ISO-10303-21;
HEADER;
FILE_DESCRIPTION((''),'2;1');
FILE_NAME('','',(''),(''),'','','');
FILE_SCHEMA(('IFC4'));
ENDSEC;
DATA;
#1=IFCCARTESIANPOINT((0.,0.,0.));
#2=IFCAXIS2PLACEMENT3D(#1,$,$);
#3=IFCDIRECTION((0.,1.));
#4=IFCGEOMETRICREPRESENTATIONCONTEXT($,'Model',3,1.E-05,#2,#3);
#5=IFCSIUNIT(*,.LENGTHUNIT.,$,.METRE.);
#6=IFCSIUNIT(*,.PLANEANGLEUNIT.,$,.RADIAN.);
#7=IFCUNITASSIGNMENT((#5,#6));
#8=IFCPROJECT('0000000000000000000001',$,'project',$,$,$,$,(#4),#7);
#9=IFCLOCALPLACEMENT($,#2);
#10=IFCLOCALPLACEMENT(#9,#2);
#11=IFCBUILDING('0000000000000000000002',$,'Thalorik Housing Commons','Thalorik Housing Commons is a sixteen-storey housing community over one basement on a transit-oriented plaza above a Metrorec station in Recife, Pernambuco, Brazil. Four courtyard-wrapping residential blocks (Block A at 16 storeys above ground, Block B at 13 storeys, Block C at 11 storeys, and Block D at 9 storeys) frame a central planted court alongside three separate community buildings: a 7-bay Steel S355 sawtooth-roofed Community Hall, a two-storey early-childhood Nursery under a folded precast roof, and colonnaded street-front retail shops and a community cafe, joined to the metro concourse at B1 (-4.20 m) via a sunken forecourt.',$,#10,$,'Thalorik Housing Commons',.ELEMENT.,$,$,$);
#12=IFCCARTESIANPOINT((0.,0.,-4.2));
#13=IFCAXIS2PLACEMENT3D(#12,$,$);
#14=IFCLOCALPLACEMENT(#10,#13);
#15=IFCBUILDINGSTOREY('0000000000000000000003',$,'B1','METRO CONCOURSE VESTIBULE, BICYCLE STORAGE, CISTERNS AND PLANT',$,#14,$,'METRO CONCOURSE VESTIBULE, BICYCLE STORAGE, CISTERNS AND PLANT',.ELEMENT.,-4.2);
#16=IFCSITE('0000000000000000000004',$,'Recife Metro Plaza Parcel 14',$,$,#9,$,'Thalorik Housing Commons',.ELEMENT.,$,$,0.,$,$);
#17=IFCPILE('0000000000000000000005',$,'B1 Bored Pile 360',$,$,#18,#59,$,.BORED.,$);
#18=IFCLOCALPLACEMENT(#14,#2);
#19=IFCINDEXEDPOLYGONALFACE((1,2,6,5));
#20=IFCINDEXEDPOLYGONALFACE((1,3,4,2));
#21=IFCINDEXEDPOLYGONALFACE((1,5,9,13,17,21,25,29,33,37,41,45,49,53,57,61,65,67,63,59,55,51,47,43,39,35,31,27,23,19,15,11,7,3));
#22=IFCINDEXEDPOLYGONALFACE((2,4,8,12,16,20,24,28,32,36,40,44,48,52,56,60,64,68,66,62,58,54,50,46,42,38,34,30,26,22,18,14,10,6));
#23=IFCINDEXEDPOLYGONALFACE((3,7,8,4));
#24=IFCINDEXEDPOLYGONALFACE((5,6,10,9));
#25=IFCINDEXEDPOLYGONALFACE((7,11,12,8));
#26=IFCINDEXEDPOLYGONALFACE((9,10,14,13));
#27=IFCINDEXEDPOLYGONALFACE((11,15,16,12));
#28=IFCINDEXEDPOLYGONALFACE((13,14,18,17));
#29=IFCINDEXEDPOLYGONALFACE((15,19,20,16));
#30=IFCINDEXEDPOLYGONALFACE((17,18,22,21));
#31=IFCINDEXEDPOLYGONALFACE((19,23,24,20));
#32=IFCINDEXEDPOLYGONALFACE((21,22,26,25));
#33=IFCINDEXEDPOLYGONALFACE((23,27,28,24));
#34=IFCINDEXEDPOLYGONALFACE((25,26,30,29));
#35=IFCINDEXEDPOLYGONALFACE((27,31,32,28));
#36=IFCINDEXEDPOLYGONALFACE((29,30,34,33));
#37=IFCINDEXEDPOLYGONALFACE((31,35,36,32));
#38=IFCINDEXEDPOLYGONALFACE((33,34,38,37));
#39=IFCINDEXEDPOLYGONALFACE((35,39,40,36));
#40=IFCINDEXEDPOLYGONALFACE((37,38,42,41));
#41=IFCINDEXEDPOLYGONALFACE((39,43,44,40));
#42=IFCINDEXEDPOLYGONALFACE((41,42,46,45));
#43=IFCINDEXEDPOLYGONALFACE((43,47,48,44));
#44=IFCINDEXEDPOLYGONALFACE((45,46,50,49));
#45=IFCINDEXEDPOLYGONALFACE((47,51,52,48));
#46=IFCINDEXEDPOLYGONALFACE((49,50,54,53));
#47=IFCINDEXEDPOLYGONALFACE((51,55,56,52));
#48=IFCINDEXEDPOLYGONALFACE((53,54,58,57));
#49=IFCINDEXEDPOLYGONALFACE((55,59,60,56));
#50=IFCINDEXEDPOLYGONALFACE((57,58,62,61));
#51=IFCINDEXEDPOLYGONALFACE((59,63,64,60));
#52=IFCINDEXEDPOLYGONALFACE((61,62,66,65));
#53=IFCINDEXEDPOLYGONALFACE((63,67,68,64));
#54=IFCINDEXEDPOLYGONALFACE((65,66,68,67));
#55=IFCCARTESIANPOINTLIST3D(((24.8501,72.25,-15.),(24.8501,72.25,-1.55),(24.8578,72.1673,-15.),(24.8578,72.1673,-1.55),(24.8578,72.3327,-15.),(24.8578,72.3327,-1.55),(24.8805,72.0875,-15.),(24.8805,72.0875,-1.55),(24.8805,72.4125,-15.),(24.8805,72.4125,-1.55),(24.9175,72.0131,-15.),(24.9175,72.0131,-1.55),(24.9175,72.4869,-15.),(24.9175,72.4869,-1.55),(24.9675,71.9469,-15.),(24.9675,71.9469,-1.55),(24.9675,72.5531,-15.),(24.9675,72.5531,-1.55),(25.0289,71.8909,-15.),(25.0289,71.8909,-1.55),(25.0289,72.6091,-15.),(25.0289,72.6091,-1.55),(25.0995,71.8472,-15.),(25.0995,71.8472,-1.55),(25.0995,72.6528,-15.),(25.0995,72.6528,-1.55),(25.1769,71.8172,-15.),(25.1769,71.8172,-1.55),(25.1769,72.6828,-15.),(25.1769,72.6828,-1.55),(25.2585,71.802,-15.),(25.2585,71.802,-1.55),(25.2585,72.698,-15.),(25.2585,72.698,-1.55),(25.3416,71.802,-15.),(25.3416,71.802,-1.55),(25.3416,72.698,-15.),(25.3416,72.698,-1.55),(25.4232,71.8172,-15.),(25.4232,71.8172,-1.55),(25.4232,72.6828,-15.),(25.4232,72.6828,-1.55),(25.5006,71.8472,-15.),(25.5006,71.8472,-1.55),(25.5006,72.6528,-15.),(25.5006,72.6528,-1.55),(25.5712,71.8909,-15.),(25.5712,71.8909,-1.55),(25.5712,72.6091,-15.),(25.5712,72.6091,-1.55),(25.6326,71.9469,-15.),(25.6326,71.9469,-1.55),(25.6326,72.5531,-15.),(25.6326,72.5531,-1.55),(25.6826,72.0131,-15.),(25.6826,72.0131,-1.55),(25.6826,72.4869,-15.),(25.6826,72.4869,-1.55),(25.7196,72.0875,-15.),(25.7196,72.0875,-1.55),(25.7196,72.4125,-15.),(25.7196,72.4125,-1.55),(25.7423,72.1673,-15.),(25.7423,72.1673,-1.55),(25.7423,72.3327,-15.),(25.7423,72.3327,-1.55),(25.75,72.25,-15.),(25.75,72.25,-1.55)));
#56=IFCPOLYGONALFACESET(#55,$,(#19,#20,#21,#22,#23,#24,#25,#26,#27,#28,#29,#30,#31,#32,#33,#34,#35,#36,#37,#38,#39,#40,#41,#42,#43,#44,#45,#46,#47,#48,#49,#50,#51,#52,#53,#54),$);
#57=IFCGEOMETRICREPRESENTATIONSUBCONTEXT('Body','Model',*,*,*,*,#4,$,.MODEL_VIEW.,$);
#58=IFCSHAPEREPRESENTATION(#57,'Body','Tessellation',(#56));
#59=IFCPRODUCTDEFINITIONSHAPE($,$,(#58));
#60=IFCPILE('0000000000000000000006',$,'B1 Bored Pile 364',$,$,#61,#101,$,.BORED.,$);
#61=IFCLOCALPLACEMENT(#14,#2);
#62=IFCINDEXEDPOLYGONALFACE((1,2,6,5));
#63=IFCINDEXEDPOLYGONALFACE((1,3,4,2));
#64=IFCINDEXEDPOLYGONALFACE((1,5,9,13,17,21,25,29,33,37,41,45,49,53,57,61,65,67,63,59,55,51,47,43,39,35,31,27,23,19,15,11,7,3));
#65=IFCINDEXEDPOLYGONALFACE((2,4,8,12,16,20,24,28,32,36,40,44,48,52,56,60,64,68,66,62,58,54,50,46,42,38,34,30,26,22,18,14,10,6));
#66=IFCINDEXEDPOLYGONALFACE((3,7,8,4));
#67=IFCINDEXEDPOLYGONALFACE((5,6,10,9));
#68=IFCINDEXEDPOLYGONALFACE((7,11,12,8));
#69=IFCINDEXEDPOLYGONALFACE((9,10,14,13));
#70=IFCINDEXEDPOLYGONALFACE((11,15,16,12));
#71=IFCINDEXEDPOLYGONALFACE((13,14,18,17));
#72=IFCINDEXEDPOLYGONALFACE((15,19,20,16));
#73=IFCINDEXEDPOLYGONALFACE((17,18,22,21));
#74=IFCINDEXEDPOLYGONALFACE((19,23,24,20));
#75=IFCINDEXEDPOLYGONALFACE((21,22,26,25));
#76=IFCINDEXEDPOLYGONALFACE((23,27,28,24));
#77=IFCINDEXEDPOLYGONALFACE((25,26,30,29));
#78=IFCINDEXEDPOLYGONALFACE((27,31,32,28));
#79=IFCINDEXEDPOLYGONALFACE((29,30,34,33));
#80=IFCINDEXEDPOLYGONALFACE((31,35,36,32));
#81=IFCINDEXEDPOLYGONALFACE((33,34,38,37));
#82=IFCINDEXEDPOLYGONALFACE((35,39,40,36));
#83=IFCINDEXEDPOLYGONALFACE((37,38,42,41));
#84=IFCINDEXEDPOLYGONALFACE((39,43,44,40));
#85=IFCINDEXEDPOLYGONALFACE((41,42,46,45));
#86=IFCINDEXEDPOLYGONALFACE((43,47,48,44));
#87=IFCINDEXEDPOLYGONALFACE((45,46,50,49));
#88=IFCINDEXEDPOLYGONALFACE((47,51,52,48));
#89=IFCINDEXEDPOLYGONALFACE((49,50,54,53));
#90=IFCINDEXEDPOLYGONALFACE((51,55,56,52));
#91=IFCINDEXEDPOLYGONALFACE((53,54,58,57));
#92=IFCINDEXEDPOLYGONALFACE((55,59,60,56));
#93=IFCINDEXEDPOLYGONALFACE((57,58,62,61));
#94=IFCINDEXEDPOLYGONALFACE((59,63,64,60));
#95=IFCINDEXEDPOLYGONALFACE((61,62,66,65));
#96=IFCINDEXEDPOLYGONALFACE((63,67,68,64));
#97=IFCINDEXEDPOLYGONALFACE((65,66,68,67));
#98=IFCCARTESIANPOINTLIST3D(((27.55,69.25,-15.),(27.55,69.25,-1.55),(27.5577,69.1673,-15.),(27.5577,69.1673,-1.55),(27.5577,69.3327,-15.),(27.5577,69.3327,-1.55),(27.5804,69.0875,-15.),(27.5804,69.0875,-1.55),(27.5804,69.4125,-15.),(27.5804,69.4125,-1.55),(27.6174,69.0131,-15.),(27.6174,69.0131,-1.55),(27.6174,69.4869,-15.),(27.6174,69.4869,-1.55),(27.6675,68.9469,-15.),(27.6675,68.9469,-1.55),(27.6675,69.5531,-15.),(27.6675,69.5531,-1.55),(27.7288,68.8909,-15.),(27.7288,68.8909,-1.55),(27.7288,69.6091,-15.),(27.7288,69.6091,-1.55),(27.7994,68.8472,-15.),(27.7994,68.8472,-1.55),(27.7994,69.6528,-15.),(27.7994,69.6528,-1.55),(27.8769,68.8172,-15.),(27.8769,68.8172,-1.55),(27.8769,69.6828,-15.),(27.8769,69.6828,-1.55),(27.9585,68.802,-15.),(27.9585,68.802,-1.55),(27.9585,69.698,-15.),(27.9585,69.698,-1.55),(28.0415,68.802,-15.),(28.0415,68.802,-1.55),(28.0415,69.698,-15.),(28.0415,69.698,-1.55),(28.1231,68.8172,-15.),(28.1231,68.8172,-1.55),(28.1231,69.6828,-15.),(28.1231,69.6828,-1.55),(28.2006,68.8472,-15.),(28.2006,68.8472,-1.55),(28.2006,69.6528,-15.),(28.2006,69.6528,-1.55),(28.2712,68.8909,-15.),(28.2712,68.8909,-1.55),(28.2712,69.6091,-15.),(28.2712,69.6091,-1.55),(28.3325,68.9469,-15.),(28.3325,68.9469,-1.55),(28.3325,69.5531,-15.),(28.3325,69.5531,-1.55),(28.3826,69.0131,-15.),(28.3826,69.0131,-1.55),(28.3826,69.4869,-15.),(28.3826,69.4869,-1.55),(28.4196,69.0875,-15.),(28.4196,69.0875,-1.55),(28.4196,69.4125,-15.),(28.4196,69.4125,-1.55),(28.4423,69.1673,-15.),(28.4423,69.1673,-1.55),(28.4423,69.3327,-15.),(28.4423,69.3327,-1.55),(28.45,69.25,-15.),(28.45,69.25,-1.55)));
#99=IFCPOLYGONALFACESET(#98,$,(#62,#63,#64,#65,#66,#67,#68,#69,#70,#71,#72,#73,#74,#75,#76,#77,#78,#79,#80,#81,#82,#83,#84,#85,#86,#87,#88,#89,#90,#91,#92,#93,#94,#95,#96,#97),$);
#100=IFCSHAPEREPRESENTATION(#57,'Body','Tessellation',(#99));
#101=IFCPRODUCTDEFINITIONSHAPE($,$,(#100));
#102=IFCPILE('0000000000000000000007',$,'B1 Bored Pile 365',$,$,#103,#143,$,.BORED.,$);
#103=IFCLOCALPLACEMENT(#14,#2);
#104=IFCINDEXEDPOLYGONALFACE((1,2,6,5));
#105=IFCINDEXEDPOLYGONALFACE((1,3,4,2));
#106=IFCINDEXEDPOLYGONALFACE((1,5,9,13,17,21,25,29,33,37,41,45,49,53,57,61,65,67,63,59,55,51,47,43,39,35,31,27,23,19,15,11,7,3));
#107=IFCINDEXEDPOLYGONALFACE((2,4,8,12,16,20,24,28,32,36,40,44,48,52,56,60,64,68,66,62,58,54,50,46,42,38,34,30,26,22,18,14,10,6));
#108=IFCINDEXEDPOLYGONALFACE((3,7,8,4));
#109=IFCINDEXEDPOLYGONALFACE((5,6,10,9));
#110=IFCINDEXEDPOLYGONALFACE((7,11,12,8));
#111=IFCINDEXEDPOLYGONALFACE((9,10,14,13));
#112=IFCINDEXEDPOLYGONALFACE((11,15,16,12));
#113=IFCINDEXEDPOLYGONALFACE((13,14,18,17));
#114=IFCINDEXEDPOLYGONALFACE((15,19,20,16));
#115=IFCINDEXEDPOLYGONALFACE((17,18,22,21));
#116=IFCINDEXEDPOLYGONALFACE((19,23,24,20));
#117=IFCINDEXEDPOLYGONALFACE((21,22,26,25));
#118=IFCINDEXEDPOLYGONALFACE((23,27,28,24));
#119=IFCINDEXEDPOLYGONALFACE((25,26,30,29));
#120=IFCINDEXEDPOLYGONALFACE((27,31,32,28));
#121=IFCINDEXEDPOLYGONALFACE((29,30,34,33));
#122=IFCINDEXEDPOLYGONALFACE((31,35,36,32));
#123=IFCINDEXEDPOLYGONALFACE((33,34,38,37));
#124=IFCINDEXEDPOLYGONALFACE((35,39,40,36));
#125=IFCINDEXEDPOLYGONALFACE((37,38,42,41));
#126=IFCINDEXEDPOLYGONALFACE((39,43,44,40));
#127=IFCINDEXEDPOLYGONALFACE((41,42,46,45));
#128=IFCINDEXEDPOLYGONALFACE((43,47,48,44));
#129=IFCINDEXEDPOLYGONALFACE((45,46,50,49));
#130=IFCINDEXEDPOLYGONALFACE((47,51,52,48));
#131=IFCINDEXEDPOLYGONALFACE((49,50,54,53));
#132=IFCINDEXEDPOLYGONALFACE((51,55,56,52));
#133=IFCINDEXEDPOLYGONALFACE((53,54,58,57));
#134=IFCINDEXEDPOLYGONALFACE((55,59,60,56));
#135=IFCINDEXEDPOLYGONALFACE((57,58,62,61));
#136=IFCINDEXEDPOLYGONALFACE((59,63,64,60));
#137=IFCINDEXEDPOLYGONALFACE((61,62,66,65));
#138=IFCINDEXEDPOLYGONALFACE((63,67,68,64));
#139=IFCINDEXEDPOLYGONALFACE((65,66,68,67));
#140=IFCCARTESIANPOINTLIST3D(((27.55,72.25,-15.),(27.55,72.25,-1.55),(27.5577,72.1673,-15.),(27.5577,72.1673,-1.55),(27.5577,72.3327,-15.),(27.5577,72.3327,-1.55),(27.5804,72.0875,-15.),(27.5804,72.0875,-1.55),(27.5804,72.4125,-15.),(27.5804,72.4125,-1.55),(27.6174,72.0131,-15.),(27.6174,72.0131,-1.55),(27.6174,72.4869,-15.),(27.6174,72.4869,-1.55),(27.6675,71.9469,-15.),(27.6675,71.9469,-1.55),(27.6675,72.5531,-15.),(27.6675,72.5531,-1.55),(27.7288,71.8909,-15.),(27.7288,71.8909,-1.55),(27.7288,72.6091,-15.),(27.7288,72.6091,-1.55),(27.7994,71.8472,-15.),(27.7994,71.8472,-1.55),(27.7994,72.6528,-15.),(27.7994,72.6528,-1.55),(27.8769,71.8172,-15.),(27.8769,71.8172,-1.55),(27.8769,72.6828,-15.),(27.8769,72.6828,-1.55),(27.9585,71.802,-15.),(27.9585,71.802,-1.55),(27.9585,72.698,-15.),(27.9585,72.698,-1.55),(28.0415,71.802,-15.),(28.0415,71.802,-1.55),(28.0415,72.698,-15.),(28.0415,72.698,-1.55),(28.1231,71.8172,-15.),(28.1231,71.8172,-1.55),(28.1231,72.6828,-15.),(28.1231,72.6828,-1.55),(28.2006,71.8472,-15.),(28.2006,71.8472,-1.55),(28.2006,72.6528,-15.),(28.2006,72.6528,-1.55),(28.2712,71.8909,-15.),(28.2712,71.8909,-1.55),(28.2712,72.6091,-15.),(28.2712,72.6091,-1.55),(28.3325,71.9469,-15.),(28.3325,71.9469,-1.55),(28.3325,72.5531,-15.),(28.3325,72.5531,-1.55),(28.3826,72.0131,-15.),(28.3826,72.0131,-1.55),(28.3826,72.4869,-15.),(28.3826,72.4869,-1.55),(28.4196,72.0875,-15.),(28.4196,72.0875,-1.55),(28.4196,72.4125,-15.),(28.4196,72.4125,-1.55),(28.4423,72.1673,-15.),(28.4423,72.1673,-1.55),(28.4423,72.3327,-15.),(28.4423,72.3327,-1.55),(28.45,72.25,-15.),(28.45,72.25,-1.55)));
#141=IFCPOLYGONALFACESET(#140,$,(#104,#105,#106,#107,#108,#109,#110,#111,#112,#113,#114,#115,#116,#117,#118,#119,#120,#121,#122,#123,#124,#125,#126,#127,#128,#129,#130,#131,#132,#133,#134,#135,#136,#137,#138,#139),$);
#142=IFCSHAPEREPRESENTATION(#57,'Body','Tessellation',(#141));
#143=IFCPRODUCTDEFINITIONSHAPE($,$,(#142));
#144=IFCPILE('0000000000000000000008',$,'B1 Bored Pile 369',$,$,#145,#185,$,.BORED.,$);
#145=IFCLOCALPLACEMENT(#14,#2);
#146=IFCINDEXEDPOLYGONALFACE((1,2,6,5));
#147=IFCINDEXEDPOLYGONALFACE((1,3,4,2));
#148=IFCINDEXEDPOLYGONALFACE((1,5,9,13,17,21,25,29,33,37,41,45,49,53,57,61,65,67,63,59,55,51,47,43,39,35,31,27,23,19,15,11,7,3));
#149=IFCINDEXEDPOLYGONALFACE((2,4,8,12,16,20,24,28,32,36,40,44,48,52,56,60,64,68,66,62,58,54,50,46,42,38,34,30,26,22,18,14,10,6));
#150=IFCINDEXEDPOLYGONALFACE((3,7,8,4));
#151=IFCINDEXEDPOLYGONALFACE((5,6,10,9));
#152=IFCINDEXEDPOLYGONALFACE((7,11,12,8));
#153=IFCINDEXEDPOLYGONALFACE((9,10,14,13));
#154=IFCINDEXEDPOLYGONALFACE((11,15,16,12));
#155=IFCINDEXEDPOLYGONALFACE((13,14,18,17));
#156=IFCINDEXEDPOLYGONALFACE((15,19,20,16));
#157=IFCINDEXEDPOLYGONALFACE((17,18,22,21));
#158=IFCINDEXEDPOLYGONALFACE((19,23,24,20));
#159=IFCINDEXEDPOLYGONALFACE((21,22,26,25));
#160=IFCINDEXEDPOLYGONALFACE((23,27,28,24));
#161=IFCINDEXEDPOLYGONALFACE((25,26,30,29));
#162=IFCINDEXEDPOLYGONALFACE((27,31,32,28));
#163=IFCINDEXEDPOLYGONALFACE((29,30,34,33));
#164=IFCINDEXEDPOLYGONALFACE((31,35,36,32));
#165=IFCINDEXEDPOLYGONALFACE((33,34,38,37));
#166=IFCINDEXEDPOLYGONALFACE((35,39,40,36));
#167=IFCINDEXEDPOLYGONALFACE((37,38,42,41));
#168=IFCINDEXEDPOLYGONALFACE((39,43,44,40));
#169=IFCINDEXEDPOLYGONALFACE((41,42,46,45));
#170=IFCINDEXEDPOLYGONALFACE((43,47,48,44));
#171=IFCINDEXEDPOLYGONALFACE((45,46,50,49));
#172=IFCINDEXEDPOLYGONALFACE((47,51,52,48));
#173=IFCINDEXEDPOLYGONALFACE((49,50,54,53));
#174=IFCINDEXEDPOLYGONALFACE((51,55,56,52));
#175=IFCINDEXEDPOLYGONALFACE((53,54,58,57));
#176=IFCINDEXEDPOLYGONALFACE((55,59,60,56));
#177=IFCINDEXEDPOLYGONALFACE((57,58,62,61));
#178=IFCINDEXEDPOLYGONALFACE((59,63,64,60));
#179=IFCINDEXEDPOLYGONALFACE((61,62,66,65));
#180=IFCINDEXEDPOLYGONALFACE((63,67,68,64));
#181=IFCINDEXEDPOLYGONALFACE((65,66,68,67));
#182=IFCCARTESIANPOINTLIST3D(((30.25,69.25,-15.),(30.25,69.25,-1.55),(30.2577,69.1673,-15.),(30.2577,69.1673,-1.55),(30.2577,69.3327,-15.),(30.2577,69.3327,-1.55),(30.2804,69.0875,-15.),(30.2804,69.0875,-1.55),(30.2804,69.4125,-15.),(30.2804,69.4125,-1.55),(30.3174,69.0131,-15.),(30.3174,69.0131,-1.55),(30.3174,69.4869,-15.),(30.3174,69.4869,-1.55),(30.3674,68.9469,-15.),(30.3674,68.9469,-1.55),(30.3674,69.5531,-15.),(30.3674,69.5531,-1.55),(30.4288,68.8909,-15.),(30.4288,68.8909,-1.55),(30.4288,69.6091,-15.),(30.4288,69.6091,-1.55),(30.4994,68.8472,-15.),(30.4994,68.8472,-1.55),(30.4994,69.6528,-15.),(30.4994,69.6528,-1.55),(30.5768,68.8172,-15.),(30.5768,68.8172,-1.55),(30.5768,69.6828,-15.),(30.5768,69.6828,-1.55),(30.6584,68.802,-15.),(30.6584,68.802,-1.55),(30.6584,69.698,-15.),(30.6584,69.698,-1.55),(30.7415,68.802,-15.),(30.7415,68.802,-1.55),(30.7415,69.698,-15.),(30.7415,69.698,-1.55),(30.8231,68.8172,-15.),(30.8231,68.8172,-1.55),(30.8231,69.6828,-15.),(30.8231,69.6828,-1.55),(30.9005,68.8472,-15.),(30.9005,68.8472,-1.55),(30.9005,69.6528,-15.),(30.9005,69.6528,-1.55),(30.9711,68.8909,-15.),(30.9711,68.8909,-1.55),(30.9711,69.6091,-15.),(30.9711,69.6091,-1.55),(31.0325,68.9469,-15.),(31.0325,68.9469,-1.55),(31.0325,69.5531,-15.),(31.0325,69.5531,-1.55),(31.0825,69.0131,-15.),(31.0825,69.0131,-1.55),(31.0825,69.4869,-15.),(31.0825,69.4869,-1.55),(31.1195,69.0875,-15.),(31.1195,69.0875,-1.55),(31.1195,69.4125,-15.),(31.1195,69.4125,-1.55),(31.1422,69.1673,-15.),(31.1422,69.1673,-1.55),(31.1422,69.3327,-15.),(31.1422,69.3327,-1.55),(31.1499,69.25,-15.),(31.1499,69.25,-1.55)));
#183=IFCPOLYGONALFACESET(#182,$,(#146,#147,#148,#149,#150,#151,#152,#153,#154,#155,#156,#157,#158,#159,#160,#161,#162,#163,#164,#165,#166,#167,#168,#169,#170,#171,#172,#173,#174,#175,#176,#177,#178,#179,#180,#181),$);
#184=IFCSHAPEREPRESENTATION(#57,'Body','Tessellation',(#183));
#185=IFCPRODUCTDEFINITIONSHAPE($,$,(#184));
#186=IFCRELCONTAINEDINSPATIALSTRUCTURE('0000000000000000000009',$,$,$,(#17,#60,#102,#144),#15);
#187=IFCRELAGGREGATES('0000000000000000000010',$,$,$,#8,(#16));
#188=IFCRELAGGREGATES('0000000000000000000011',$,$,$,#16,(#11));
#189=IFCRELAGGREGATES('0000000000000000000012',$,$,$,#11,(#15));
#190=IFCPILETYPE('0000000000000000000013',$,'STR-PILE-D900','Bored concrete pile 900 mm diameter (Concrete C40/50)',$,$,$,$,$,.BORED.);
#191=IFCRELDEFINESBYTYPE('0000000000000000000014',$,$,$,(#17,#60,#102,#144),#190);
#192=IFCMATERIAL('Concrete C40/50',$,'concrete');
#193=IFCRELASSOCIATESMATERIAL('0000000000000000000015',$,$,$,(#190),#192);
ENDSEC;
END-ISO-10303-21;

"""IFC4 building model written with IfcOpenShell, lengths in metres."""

from ifc_helpers import new_model, si_unit, direction, frame, origin, origin_2d, place, context, subcontext, project, spatial, circle, extrude, material, material_profile, profile_set, type_object, element, save


model = new_model("IFC4")

# Units and contexts
model_context = context("Model", 3, precision=1e-05, world=origin(), true_north=direction((0.0, 1.0)))
body_context = subcontext(model_context, "Body", "Model", "MODEL_VIEW")
ifc_project = project(units=[si_unit("LENGTHUNIT", "METRE"), si_unit("PLANEANGLEUNIT", "RADIAN")], contexts=[model_context])

# Site, building, storey
site_placement = place(None, origin())
site = spatial("IfcSite", under=ifc_project, at=site_placement, Name="Recife Metro Plaza Parcel 14", LongName="Thalorik Housing Commons", CompositionType="ELEMENT", RefElevation=0.0)
building_placement = place(site_placement, origin())
building = spatial("IfcBuilding", under=site, at=building_placement, Name="Thalorik Housing Commons", Description="Thalorik Housing Commons is a sixteen-storey housing community over one basement on a transit-oriented plaza above a Metrorec station in Recife, Pernambuco, Brazil. Four courtyard-wrapping residential blocks (Block A at 16 storeys above ground, Block B at 13 storeys, Block C at 11 storeys, and Block D at 9 storeys) frame a central planted court alongside three separate community buildings: a 7-bay Steel S355 sawtooth-roofed Community Hall, a two-storey early-childhood Nursery under a folded precast roof, and colonnaded street-front retail shops and a community cafe, joined to the metro concourse at B1 (-4.20 m) via a sunken forecourt.", LongName="Thalorik Housing Commons", CompositionType="ELEMENT")
storey_placement = place(building_placement, frame((0.0, 0.0, -4.2)))
storey = spatial("IfcBuildingStorey", under=building, at=storey_placement, Name="B1", Description="METRO CONCOURSE VESTIBULE, BICYCLE STORAGE, CISTERNS AND PLANT", LongName="METRO CONCOURSE VESTIBULE, BICYCLE STORAGE, CISTERNS AND PLANT", CompositionType="ELEMENT", Elevation=-4.2)

# Shared definitions
ifc_material_1 = material(Name="Concrete C40/50", Category="concrete")

# Piles
ifc_material_profile_1 = material_profile(ifc_material_1, circle(Radius=0.45, at=origin_2d()), Name="BORED PILE D900", Category="concrete")
ifc_profile_set_1 = profile_set([ifc_material_profile_1], Name="Concrete C40/50")
pile_type_1 = type_object("IfcPileType", Name="STR-PILE-D900", Description="Bored concrete pile 900 mm diameter (Concrete C40/50)", PredefinedType="BORED", material=ifc_profile_set_1)
for number, where, z_axis, x_axis, name in (
    (1, (25.3, 72.25, -1.55), (0.0, 0.0, -1.0), (1.0, 0.0, 0.0), "B1 Bored Pile 360"),
    (2, (28.0, 69.25, -1.55), (0.0, 0.0, -1.0), (1.0, 0.0, 0.0), "B1 Bored Pile 364"),
    (3, (28.0, 72.25, -1.55), (0.0, 0.0, -1.0), (1.0, 0.0, 0.0), "B1 Bored Pile 365"),
    (4, (30.7, 69.25, -1.55), (0.0, 0.0, -1.0), (1.0, 0.0, 0.0), "B1 Bored Pile 369"),
):
    element("IfcPile", number, at=place(storey_placement, frame(where, z_axis=z_axis, x_axis=x_axis)), inside=storey, type_object=pile_type_1, Name=name, PredefinedType="BORED", context=body_context, shape_type="SweptSolid", body=[
        extrude(circle(Radius=0.45, at=origin_2d()), origin(), (0.0, 0.0, 1.0), 13.45),
    ])

save(model, "model.ifc")
